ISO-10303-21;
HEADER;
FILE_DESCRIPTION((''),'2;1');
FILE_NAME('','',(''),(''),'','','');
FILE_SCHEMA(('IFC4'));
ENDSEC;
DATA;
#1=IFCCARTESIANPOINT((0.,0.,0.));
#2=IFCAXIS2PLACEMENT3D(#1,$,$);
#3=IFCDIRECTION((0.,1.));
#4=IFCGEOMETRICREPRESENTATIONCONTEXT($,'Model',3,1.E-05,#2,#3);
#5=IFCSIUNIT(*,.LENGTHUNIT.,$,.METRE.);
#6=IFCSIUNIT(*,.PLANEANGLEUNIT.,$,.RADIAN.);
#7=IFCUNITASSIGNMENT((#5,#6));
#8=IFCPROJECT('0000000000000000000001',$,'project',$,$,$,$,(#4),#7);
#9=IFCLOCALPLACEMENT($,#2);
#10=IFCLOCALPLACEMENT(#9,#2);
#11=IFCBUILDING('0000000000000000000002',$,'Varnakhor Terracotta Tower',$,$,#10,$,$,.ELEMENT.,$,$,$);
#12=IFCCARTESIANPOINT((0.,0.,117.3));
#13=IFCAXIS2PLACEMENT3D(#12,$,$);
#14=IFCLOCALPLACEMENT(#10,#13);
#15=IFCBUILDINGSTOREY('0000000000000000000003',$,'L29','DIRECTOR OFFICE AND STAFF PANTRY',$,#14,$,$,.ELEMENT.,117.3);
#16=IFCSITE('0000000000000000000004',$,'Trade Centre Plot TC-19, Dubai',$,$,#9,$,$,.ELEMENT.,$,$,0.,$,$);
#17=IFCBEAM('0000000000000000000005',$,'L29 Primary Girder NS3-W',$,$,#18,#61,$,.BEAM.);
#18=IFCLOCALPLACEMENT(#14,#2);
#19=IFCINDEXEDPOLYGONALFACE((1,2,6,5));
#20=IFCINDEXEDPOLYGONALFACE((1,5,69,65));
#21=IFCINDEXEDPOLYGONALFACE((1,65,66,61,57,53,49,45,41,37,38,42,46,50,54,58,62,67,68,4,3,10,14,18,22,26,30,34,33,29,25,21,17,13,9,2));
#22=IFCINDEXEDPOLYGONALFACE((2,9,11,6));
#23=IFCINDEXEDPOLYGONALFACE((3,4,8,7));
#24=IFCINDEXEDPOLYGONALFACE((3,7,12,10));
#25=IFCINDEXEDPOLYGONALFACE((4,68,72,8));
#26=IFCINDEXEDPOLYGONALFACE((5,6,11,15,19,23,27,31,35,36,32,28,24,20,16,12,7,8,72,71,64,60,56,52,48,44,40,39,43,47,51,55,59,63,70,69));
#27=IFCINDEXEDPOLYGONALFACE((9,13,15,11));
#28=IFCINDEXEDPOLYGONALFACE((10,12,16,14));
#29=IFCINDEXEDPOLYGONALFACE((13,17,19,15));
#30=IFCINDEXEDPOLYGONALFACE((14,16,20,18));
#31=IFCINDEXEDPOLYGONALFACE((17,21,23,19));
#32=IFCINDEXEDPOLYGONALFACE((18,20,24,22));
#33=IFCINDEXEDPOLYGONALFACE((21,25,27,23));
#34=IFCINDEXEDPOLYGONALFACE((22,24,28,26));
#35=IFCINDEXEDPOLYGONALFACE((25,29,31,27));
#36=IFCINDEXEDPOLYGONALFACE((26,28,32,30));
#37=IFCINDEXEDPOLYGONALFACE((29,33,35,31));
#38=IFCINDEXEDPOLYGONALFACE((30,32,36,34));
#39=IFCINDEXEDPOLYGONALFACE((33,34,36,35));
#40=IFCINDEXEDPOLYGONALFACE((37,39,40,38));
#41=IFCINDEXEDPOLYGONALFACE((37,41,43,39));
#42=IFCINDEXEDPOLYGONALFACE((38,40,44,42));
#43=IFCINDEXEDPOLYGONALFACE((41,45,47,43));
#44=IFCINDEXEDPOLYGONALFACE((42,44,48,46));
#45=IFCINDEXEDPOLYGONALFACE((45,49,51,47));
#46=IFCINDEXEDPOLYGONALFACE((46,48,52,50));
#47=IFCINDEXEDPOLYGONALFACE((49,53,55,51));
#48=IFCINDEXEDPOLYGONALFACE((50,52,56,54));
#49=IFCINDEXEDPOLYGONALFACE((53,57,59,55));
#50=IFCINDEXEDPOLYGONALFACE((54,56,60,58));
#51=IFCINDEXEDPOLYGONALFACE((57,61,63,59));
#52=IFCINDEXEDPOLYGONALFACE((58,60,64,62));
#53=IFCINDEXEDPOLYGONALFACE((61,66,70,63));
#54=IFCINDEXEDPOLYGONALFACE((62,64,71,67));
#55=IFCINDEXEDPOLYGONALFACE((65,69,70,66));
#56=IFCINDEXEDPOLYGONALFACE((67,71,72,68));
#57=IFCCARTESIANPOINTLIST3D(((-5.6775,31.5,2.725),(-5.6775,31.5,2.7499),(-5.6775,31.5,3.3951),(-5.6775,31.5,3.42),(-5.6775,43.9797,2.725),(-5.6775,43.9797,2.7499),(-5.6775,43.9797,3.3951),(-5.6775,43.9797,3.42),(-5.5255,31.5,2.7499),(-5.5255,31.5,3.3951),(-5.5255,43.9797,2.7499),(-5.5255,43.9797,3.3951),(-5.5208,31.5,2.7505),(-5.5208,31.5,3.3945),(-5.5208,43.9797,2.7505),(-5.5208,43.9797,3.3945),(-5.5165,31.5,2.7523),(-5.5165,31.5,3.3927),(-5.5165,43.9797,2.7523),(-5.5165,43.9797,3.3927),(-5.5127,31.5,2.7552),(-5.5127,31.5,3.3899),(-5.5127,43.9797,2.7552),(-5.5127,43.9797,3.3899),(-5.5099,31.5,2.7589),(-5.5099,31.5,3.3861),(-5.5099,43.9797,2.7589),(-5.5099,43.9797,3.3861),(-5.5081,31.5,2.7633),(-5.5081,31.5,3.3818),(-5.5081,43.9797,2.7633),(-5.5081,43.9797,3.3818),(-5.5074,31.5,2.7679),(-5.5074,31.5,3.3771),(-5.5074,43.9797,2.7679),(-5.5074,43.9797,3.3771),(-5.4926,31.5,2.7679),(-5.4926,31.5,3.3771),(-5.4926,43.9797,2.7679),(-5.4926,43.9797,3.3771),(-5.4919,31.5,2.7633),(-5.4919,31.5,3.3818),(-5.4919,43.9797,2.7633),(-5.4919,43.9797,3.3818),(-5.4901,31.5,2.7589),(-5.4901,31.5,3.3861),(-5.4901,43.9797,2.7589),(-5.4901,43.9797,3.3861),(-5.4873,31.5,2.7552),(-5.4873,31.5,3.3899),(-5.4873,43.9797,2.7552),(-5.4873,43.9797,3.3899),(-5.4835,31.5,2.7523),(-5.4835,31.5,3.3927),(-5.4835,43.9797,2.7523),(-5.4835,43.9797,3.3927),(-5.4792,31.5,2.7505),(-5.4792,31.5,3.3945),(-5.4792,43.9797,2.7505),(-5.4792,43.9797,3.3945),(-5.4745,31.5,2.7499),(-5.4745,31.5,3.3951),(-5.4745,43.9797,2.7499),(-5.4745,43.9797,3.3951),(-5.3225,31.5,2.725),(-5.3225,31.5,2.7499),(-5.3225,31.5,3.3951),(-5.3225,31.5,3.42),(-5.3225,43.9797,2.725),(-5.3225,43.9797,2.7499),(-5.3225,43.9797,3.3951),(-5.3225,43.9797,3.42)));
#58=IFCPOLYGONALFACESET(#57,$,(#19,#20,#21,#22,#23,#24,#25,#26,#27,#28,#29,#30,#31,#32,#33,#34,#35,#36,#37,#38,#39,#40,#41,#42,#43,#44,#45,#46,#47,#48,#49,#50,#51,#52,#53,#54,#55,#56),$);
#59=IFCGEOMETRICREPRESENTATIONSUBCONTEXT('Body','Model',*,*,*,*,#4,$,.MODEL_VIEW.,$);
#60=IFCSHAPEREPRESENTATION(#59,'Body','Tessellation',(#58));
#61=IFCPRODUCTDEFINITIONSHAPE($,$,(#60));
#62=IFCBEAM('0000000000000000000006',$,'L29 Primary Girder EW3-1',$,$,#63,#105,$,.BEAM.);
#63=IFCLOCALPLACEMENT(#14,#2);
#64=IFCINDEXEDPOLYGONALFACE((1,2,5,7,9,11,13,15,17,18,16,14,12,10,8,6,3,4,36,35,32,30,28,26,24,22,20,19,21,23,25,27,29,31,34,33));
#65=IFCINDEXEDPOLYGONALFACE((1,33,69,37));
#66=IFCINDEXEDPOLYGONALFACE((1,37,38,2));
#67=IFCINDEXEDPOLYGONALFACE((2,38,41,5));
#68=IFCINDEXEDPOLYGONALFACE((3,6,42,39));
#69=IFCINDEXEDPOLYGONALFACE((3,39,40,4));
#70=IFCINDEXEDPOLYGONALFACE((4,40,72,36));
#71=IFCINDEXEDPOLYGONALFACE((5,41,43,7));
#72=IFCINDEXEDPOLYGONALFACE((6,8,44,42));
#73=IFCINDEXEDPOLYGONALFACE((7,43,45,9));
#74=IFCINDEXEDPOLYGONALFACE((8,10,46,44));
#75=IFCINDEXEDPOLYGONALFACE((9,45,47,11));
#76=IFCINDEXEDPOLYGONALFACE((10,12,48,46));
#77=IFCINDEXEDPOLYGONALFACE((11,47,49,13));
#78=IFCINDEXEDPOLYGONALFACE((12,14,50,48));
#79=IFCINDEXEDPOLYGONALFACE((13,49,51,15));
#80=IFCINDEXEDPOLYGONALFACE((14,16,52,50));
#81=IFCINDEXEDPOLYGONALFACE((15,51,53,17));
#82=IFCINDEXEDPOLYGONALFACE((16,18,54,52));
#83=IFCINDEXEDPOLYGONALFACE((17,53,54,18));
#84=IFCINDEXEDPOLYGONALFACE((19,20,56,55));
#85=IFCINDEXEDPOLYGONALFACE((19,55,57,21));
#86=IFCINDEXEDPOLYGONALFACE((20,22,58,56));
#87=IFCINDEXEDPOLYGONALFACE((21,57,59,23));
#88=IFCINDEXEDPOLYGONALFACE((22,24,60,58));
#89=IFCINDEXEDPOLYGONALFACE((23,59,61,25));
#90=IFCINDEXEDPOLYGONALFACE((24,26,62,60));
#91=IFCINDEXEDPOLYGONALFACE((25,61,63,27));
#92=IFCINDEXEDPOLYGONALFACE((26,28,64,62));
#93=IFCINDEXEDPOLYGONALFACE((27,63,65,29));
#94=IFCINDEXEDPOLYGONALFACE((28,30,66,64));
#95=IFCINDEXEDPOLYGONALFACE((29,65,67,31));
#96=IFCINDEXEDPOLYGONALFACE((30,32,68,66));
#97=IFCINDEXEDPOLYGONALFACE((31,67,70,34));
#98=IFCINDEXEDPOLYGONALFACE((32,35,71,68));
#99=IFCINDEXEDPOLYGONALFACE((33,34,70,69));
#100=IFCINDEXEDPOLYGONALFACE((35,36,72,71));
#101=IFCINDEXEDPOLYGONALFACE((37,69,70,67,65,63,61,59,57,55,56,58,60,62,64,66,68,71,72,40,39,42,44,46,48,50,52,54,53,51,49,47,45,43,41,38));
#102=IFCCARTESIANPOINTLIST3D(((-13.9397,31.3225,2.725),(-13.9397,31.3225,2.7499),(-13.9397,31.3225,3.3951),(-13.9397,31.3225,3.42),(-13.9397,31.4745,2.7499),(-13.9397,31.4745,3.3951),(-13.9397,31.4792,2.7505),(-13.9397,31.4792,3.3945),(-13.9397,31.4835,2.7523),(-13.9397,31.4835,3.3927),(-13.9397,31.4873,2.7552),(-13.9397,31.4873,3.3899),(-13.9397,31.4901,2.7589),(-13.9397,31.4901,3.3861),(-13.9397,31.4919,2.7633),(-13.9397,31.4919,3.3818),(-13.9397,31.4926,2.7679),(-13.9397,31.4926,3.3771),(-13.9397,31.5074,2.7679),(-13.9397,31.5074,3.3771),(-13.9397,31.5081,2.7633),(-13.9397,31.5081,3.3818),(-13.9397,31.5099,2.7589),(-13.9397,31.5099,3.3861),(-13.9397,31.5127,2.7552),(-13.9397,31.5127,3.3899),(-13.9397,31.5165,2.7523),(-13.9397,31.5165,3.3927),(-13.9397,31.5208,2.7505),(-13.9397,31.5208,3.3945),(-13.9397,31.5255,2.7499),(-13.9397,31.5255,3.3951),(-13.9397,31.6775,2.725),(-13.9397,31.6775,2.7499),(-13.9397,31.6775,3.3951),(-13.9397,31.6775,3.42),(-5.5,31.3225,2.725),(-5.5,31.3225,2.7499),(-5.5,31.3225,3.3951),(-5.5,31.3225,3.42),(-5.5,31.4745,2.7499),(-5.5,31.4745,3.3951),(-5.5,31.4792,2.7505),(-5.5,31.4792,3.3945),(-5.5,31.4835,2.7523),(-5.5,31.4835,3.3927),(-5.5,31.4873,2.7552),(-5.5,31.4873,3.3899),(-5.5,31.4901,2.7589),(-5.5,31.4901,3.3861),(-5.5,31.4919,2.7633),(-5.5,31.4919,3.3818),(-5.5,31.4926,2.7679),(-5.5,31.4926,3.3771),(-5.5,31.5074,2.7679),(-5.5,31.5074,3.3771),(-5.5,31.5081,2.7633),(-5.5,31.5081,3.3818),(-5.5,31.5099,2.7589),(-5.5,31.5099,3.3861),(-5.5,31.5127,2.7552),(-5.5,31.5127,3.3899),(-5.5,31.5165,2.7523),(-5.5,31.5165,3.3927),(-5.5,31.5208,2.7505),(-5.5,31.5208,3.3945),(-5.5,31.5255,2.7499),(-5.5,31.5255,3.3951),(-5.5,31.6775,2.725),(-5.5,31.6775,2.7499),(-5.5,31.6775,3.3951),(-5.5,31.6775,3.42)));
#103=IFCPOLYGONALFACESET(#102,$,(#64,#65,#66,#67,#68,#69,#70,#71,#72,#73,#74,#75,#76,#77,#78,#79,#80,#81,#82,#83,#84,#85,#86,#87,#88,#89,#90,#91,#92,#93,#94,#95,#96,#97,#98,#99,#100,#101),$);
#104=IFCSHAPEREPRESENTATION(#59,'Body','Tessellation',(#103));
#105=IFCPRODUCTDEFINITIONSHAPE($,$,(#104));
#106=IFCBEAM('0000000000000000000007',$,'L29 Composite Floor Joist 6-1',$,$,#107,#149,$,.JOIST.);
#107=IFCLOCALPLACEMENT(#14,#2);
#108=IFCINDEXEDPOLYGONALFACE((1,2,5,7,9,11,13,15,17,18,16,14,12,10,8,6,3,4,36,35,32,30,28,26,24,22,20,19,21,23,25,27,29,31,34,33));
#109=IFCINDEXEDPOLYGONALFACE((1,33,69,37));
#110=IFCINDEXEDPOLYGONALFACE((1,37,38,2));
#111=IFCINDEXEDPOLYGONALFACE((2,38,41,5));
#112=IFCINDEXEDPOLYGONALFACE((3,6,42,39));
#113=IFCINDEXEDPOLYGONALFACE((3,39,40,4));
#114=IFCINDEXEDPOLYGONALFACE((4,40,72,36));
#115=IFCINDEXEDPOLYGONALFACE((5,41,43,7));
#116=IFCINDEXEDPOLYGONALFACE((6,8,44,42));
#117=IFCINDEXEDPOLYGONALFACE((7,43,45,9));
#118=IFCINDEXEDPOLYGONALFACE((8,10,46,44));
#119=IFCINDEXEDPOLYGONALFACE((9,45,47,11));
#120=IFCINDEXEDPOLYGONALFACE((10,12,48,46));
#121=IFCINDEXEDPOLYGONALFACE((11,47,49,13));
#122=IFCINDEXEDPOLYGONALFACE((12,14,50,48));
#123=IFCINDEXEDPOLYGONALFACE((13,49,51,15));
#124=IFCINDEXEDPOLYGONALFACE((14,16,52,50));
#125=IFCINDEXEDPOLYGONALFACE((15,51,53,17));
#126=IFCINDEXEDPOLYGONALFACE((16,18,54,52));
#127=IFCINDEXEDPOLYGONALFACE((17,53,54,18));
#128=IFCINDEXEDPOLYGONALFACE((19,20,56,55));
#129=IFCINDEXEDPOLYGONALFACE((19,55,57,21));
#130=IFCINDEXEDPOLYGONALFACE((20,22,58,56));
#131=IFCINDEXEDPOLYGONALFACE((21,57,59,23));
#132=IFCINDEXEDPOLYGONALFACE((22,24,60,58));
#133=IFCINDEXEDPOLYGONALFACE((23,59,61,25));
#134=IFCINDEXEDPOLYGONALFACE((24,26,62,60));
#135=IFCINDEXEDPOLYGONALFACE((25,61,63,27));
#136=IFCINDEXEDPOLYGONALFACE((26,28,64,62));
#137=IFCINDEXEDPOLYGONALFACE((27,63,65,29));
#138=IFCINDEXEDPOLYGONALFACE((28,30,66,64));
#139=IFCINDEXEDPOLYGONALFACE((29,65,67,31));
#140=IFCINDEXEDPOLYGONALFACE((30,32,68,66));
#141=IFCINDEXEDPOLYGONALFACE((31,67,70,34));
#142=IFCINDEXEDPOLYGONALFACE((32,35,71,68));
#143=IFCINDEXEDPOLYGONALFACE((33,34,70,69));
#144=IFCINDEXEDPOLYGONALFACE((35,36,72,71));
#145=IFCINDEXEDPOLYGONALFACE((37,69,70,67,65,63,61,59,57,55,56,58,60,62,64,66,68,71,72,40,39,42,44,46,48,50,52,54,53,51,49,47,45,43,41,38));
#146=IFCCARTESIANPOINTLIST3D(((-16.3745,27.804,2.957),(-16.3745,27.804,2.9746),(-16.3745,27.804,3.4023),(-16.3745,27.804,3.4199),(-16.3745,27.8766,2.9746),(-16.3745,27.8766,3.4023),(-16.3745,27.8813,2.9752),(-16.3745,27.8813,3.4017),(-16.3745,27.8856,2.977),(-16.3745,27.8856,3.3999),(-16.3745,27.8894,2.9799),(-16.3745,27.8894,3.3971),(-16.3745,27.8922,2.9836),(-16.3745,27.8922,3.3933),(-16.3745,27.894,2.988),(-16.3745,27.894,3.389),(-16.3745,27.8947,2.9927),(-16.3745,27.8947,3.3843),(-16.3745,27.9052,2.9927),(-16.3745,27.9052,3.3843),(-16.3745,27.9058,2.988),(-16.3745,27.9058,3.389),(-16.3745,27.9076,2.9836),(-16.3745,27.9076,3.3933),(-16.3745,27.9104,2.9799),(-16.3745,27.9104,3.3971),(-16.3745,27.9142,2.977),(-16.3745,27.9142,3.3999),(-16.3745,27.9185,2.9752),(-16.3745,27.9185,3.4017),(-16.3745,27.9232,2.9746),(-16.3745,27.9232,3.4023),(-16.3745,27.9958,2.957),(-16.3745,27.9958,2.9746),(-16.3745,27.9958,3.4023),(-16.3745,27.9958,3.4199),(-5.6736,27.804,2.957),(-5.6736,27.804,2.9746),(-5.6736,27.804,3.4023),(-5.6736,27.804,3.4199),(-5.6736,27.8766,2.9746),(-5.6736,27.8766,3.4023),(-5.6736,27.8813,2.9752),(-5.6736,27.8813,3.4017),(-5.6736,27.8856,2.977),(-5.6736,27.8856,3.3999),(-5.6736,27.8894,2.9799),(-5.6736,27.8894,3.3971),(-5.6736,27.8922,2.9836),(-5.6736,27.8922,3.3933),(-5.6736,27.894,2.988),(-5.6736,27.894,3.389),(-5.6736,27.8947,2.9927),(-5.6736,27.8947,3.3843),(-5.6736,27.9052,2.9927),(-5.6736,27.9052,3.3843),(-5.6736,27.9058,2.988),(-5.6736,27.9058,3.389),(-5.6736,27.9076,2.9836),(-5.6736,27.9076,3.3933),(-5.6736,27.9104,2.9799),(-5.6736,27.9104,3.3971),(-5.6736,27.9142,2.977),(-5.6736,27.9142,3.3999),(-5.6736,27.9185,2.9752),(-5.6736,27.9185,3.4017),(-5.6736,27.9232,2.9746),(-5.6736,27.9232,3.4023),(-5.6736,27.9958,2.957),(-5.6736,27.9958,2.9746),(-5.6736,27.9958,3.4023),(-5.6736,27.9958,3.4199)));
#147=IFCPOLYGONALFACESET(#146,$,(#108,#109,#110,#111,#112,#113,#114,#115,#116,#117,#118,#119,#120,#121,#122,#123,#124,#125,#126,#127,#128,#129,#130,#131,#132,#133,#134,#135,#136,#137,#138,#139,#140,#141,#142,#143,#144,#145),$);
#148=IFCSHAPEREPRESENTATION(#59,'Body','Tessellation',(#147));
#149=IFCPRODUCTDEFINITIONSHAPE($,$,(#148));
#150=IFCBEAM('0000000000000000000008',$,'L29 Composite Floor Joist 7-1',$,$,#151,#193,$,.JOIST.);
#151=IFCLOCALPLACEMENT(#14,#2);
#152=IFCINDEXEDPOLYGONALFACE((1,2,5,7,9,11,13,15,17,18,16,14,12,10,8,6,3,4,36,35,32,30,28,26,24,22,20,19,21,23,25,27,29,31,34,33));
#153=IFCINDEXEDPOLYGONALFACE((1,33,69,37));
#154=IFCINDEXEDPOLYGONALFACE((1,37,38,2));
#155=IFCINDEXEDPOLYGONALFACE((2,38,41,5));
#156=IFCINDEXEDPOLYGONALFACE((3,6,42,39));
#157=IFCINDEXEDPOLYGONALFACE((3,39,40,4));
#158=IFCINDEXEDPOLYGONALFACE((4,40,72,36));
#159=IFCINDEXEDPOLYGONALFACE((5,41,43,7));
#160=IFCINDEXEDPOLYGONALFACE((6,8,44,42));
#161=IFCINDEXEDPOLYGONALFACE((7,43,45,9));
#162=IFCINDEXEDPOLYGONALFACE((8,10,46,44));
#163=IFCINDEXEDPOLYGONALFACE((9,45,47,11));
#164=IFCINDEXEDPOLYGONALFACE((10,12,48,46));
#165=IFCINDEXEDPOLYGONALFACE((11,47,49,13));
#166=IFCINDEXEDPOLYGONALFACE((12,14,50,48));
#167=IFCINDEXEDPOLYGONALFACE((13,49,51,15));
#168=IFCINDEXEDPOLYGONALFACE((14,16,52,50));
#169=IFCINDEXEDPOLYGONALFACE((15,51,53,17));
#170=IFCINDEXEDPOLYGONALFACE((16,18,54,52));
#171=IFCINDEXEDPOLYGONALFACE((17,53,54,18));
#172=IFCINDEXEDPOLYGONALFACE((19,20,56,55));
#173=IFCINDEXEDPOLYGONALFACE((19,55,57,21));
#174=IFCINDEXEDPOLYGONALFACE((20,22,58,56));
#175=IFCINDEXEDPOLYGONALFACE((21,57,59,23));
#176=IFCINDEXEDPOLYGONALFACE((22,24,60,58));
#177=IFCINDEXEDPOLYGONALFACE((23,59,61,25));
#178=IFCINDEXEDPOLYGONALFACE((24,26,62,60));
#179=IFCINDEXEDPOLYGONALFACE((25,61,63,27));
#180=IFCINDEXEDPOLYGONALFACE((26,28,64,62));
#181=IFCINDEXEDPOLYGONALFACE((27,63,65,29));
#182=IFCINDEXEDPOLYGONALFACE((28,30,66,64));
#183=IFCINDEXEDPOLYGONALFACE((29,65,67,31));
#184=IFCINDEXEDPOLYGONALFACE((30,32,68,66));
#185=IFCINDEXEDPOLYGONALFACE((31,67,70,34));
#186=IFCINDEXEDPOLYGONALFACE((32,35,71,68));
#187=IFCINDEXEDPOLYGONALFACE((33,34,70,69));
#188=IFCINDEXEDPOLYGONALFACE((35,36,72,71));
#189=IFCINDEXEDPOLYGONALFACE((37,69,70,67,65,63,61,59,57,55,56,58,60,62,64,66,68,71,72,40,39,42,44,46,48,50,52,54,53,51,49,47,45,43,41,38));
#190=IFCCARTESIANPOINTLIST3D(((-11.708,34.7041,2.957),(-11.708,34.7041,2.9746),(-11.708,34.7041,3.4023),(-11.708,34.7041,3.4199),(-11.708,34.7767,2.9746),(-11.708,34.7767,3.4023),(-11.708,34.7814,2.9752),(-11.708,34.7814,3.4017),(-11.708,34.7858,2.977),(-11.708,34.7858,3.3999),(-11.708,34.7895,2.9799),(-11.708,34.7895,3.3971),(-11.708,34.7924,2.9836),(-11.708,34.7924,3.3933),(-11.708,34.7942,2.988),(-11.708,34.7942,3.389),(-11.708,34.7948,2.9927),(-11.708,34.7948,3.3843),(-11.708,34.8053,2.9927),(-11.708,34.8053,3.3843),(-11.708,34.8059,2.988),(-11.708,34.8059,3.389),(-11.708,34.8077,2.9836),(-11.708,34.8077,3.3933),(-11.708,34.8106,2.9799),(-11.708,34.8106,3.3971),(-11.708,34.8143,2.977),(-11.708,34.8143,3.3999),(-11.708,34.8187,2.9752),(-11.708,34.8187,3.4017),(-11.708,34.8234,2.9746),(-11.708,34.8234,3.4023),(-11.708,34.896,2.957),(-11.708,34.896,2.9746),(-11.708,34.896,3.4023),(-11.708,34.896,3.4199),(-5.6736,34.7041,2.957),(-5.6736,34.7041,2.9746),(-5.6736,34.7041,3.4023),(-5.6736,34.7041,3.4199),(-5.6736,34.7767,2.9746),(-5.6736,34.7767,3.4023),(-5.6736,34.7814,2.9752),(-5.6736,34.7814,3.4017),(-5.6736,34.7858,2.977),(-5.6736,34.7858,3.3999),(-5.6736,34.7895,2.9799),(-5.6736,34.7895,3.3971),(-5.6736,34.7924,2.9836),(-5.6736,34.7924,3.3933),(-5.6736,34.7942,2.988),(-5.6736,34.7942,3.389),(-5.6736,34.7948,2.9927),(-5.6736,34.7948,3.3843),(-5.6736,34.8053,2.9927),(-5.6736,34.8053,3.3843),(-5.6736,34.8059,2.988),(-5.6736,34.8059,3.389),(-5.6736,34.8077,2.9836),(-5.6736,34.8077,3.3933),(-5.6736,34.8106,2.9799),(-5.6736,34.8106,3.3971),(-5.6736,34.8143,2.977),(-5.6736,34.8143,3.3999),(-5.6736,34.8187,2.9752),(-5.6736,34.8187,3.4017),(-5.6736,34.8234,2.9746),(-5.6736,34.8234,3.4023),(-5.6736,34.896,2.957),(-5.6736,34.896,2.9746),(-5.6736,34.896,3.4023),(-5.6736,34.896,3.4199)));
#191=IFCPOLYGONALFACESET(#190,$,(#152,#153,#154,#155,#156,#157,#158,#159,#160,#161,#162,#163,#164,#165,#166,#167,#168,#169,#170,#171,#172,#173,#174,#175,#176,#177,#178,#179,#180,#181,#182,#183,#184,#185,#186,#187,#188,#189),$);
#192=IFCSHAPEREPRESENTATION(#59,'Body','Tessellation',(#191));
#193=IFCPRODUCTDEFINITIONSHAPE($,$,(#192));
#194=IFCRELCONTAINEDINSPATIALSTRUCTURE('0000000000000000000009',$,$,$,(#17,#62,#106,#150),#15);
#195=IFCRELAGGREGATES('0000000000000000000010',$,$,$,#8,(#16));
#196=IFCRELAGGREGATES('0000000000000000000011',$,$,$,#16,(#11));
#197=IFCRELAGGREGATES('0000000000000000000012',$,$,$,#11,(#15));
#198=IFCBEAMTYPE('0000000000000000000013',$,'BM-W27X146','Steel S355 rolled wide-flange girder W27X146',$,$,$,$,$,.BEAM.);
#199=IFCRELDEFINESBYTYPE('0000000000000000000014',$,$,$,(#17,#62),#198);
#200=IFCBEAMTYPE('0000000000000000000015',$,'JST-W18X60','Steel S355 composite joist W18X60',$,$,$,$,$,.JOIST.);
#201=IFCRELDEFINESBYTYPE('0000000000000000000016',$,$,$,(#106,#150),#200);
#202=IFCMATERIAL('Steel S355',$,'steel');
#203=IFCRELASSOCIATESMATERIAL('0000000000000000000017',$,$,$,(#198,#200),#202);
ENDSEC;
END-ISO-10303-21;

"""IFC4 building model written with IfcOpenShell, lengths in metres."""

from ifc_helpers import new_model, si_unit, direction, frame, origin, origin_2d, place, context, subcontext, project, spatial, i_section, extrude, source, transform, mapped, material, material_profile, profile_set, type_object, element, save


model = new_model("IFC4")

# Units and contexts
model_context = context("Model", 3, precision=1e-05, world=origin(), true_north=direction((0.0, 1.0)))
body_context = subcontext(model_context, "Body", "Model", "MODEL_VIEW")
ifc_project = project(units=[si_unit("LENGTHUNIT", "METRE"), si_unit("PLANEANGLEUNIT", "RADIAN")], contexts=[model_context])

# Site, building, storey
site_placement = place(None, origin())
site = spatial("IfcSite", under=ifc_project, at=site_placement, Name="Trade Centre Plot TC-19, Dubai", CompositionType="ELEMENT", RefElevation=0.0)
building_placement = place(site_placement, origin())
building = spatial("IfcBuilding", under=site, at=building_placement, Name="Varnakhor Terracotta Tower", CompositionType="ELEMENT")
storey_placement = place(building_placement, frame((0.0, 0.0, 117.3)))
storey = spatial("IfcBuildingStorey", under=building, at=storey_placement, Name="L29", Description="DIRECTOR OFFICE AND STAFF PANTRY", CompositionType="ELEMENT", Elevation=117.3)

# Beams
ifc_material_1 = material(Name="Steel S355", Category="steel")
ifc_material_profile_1 = material_profile(ifc_material_1, i_section(OverallWidth=0.355, OverallDepth=0.6951, WebThickness=0.0149, FlangeThickness=0.0249, FilletRadius=0.0181, at=origin_2d()), Name="W27X146")
ifc_profile_set_1 = profile_set([ifc_material_profile_1], Name="Steel S355")
beam_type_1 = type_object("IfcBeamType", Name="BM-W27X146", Description="Steel S355 rolled wide-flange girder W27X146", PredefinedType="BEAM", material=ifc_profile_set_1)
ifc_material_profile_2 = material_profile(ifc_material_1, i_section(OverallWidth=0.1919, OverallDepth=0.4629, WebThickness=0.0105, FlangeThickness=0.0176, FilletRadius=0.0181, at=origin_2d()), Name="W18X60")
ifc_profile_set_2 = profile_set([ifc_material_profile_2], Name="Steel S355")
beam_type_2 = type_object("IfcBeamType", Name="JST-W18X60", Description="Steel S355 composite joist W18X60", PredefinedType="JOIST", material=ifc_profile_set_2)
shared_shape_1 = source(origin(), body_context, "Body", "SweptSolid", [
    extrude(i_section(OverallWidth=0.355, OverallDepth=0.6951, WebThickness=0.0149, FlangeThickness=0.0249, FilletRadius=0.0181, at=origin_2d()), origin(), (0.0, 0.0, 1.0), 12.4797),
])
beam_1_placement = place(storey_placement, frame((-5.5, 31.5, 3.0725), z_axis=(0.0, 1.0, 0.0), x_axis=(-1.0, 0.0, 0.0)))
element("IfcBeam", 1, at=beam_1_placement, inside=storey, type_object=beam_type_1, Name="L29 Primary Girder NS3-W", PredefinedType="BEAM", context=body_context, shape_type="MappedRepresentation", body=[
    mapped(shared_shape_1, transform((0.0, 0.0, 0.0), scale=1.0)),
])
shared_shape_2 = source(origin(), body_context, "Body", "SweptSolid", [
    extrude(i_section(OverallWidth=0.355, OverallDepth=0.6951, WebThickness=0.0149, FlangeThickness=0.0249, FilletRadius=0.0181, at=origin_2d()), origin(), (0.0, 0.0, 1.0), 8.4397),
])
beam_2_placement = place(storey_placement, frame((-13.9397, 31.5, 3.0725), z_axis=(1.0, 0.0, 0.0), x_axis=(0.0, 1.0, 0.0)))
element("IfcBeam", 2, at=beam_2_placement, inside=storey, type_object=beam_type_1, Name="L29 Primary Girder EW3-1", PredefinedType="BEAM", context=body_context, shape_type="MappedRepresentation", body=[
    mapped(shared_shape_2, transform((0.0, 0.0, 0.0), scale=1.0)),
])
shared_shape_3 = source(origin(), body_context, "Body", "SweptSolid", [
    extrude(i_section(OverallWidth=0.1919, OverallDepth=0.4629, WebThickness=0.0105, FlangeThickness=0.0176, FilletRadius=0.0181, at=origin_2d()), origin(), (0.0, 0.0, 1.0), 10.7009),
])
beam_3_placement = place(storey_placement, frame((-16.3745, 27.8999, 3.1885), z_axis=(1.0, 0.0, 0.0), x_axis=(0.0, 1.0, 0.0)))
element("IfcBeam", 3, at=beam_3_placement, inside=storey, type_object=beam_type_2, Name="L29 Composite Floor Joist 6-1", PredefinedType="JOIST", context=body_context, shape_type="MappedRepresentation", body=[
    mapped(shared_shape_3, transform((0.0, 0.0, 0.0), scale=1.0)),
])
shared_shape_4 = source(origin(), body_context, "Body", "SweptSolid", [
    extrude(i_section(OverallWidth=0.1919, OverallDepth=0.4629, WebThickness=0.0105, FlangeThickness=0.0176, FilletRadius=0.0181, at=origin_2d()), origin(), (0.0, 0.0, 1.0), 6.0344),
])
beam_4_placement = place(storey_placement, frame((-11.708, 34.8, 3.1885), z_axis=(1.0, 0.0, 0.0), x_axis=(0.0, 1.0, 0.0)))
element("IfcBeam", 4, at=beam_4_placement, inside=storey, type_object=beam_type_2, Name="L29 Composite Floor Joist 7-1", PredefinedType="JOIST", context=body_context, shape_type="MappedRepresentation", body=[
    mapped(shared_shape_4, transform((0.0, 0.0, 0.0), scale=1.0)),
])

save(model, "model.ifc")
